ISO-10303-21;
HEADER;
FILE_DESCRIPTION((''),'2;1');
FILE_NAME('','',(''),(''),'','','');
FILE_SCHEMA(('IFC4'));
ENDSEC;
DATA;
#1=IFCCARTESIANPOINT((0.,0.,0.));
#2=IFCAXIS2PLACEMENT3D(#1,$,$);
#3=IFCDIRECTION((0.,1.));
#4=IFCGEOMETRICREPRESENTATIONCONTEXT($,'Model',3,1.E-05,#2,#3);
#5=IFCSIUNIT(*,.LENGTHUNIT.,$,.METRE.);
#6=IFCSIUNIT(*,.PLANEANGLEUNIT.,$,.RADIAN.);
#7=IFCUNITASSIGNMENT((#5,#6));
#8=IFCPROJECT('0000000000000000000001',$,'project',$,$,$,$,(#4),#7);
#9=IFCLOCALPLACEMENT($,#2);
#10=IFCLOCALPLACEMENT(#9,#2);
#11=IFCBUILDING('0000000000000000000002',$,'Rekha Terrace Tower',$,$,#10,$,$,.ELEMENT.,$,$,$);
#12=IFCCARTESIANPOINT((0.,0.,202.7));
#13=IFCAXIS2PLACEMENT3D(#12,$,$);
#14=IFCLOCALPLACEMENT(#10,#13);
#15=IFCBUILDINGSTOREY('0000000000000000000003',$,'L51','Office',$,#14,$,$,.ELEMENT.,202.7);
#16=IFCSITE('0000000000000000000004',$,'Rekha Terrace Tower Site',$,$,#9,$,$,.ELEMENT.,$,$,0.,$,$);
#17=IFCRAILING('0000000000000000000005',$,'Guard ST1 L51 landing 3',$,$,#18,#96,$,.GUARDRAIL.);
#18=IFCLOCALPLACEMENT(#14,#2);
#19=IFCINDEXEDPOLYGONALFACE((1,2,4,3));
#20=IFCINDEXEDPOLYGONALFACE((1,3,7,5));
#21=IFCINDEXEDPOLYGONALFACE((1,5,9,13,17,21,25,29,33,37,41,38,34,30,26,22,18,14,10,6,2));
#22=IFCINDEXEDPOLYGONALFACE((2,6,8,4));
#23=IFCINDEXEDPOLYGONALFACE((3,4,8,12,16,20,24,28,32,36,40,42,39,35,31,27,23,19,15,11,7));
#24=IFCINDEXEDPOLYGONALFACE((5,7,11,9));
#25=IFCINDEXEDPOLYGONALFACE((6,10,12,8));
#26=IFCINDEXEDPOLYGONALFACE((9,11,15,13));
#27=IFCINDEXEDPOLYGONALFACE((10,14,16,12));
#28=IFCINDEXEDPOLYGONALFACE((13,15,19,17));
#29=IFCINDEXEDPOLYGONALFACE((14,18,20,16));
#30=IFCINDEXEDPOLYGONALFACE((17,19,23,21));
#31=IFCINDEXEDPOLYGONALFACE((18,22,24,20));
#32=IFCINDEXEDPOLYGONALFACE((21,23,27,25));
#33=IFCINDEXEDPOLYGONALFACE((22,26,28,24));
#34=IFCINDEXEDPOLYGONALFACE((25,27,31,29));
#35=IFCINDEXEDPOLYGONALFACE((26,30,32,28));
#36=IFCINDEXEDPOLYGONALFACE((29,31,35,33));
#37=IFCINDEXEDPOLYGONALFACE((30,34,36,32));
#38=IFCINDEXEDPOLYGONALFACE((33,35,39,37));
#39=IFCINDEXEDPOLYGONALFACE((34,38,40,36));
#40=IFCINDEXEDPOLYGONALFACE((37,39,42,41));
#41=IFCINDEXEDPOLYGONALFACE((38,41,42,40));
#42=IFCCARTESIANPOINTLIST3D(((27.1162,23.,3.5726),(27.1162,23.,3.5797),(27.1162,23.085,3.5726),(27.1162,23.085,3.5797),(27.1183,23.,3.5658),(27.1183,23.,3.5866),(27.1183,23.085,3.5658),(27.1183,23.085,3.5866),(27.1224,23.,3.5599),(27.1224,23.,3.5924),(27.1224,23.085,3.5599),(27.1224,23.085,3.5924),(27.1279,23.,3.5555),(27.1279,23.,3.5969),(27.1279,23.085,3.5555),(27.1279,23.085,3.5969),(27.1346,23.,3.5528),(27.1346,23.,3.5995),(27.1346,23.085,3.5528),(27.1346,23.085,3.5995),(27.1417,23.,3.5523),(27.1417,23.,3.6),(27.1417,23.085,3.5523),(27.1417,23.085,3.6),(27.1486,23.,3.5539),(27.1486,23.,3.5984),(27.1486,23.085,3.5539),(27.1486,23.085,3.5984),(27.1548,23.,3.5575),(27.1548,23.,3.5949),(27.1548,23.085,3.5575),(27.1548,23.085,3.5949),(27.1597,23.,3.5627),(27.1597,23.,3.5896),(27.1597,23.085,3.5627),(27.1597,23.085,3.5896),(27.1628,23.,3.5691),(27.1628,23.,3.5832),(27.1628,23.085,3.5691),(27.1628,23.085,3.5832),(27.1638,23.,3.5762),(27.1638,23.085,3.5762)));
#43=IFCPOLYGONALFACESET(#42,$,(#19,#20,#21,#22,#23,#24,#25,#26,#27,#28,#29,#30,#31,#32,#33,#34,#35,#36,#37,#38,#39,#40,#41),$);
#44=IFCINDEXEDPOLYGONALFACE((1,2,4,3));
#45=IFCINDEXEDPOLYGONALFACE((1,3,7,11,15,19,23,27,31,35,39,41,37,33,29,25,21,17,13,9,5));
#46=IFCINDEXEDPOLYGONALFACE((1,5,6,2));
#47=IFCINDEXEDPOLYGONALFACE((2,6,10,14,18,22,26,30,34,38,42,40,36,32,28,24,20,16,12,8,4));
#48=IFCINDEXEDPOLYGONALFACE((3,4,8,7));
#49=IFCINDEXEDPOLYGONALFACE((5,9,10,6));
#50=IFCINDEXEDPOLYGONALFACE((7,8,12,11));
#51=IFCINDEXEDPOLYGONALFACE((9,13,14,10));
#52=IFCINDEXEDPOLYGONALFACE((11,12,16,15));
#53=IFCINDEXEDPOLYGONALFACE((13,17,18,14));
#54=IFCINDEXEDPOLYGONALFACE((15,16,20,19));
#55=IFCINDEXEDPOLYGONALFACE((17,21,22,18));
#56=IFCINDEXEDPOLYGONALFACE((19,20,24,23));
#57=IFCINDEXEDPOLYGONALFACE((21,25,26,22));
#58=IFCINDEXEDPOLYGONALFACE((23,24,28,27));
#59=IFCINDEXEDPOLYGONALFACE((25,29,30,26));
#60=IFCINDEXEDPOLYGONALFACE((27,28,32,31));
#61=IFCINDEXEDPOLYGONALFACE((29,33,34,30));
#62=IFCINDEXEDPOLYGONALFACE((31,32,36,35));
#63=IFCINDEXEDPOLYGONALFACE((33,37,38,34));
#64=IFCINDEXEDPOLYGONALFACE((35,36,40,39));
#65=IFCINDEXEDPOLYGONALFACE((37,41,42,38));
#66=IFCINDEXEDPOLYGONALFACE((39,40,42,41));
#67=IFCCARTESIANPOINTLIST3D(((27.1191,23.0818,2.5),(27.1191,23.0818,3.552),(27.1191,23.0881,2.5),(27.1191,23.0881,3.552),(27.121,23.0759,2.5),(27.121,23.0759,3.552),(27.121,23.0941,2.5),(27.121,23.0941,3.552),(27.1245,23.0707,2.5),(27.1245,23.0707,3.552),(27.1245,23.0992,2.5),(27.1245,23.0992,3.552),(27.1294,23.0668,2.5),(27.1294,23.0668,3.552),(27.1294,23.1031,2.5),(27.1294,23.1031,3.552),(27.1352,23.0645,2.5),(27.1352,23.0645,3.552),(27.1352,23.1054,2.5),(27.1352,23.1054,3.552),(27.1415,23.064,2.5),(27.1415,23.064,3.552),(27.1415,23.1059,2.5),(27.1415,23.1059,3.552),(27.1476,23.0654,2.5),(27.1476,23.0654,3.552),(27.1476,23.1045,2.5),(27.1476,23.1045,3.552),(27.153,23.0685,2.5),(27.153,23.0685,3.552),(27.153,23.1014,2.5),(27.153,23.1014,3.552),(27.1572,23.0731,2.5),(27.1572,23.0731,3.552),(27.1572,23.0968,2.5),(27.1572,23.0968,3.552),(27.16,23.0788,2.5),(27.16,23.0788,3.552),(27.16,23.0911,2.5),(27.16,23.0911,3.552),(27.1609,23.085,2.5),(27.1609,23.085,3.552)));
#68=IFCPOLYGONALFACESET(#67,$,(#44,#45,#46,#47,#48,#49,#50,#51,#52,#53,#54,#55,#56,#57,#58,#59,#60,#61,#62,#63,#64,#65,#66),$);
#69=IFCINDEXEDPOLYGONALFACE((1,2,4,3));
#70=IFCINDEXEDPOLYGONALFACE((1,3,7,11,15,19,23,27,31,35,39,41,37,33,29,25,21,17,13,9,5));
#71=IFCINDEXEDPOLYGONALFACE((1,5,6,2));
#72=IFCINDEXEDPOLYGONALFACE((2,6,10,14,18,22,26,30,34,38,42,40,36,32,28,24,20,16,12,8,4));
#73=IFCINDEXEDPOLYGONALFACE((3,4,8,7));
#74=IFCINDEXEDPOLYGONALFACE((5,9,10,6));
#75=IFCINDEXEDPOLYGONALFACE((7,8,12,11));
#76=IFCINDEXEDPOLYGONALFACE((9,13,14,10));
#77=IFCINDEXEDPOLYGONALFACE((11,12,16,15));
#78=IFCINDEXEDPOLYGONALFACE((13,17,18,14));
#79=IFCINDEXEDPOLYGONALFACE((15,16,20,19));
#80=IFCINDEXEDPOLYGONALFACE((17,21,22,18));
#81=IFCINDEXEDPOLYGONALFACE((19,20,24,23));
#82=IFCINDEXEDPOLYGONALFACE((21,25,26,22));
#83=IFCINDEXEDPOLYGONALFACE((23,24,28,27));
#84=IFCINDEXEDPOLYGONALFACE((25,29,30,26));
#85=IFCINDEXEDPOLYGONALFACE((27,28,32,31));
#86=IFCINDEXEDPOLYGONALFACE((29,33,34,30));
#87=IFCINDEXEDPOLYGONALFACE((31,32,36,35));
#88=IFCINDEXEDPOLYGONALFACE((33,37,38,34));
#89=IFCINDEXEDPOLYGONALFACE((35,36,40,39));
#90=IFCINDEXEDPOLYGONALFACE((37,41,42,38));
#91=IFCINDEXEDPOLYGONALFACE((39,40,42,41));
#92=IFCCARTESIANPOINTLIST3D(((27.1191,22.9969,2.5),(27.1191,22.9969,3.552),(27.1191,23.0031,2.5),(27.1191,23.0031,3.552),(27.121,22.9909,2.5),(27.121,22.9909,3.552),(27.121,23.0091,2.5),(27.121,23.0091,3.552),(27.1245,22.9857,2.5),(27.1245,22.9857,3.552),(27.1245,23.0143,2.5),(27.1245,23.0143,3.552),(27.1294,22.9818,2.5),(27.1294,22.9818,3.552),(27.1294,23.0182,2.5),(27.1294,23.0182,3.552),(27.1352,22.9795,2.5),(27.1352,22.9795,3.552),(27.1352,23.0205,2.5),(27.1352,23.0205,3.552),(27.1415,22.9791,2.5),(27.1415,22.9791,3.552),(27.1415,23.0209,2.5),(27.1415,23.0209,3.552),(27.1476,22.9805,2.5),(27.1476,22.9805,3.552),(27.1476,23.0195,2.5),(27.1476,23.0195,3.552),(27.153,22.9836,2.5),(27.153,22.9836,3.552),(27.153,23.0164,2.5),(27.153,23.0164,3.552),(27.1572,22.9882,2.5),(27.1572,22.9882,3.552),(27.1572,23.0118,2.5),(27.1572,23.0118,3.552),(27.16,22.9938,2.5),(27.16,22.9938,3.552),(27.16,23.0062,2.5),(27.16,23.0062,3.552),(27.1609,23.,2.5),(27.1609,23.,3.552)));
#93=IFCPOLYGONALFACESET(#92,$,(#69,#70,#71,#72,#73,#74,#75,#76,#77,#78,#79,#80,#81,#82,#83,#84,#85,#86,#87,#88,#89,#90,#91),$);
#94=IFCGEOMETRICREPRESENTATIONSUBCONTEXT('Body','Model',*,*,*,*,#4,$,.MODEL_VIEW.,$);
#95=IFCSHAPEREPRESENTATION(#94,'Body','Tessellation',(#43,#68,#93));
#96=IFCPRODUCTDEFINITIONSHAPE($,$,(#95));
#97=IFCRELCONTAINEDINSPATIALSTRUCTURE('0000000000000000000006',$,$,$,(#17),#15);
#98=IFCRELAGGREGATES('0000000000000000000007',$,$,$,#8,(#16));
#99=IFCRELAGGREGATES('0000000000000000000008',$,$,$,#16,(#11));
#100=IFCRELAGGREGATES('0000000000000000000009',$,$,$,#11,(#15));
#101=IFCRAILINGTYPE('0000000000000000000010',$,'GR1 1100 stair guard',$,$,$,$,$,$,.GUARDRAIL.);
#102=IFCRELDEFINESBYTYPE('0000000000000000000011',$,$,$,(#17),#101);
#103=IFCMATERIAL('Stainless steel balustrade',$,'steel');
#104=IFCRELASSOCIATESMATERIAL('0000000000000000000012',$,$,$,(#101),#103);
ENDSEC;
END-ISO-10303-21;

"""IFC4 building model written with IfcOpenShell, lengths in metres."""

from ifc_helpers import new_model, si_unit, direction, frame, origin, origin_2d, place, context, subcontext, project, spatial, circle, extrude, material, type_object, element, save


model = new_model("IFC4")

# Units and contexts
model_context = context("Model", 3, precision=1e-05, world=origin(), true_north=direction((0.0, 1.0)))
body_context = subcontext(model_context, "Body", "Model", "MODEL_VIEW")
ifc_project = project(units=[si_unit("LENGTHUNIT", "METRE"), si_unit("PLANEANGLEUNIT", "RADIAN")], contexts=[model_context])

# Site, building, storey
site_placement = place(None, origin())
site = spatial("IfcSite", under=ifc_project, at=site_placement, Name="Rekha Terrace Tower Site", CompositionType="ELEMENT", RefElevation=0.0)
building_placement = place(site_placement, origin())
building = spatial("IfcBuilding", under=site, at=building_placement, Name="Rekha Terrace Tower", CompositionType="ELEMENT")
storey_placement = place(building_placement, frame((0.0, 0.0, 202.7)))
storey = spatial("IfcBuildingStorey", under=building, at=storey_placement, Name="L51", Description="Office", CompositionType="ELEMENT", Elevation=202.7)

# Railing
ifc_material_1 = material(Name="Stainless steel balustrade", Category="steel")
railing_type_1 = type_object("IfcRailingType", Name="GR1 1100 stair guard", PredefinedType="GUARDRAIL", material=ifc_material_1)
railing_1_placement = place(storey_placement, frame((27.1399, 23.085, 2.5)))
element("IfcRailing", 1, at=railing_1_placement, inside=storey, type_object=railing_type_1, Name="Guard ST1 L51 landing 3", PredefinedType="GUARDRAIL", context=body_context, shape_type="SweptSolid", body=[
    extrude(circle(Radius=0.0239, at=origin_2d()), frame((0.0, 0.0, 1.0762), z_axis=(0.0, -1.0, 0.0), x_axis=(1.0, 0.0, 0.0)), (0.0, 0.0, 1.0), 0.085),
    extrude(circle(Radius=0.021, at=origin_2d()), origin(), (0.0, 0.0, 1.0), 1.052),
    extrude(circle(Radius=0.021, at=origin_2d()), frame((0.0, -0.085, 0.0)), (0.0, 0.0, 1.0), 1.052),
])

save(model, "model.ifc")
